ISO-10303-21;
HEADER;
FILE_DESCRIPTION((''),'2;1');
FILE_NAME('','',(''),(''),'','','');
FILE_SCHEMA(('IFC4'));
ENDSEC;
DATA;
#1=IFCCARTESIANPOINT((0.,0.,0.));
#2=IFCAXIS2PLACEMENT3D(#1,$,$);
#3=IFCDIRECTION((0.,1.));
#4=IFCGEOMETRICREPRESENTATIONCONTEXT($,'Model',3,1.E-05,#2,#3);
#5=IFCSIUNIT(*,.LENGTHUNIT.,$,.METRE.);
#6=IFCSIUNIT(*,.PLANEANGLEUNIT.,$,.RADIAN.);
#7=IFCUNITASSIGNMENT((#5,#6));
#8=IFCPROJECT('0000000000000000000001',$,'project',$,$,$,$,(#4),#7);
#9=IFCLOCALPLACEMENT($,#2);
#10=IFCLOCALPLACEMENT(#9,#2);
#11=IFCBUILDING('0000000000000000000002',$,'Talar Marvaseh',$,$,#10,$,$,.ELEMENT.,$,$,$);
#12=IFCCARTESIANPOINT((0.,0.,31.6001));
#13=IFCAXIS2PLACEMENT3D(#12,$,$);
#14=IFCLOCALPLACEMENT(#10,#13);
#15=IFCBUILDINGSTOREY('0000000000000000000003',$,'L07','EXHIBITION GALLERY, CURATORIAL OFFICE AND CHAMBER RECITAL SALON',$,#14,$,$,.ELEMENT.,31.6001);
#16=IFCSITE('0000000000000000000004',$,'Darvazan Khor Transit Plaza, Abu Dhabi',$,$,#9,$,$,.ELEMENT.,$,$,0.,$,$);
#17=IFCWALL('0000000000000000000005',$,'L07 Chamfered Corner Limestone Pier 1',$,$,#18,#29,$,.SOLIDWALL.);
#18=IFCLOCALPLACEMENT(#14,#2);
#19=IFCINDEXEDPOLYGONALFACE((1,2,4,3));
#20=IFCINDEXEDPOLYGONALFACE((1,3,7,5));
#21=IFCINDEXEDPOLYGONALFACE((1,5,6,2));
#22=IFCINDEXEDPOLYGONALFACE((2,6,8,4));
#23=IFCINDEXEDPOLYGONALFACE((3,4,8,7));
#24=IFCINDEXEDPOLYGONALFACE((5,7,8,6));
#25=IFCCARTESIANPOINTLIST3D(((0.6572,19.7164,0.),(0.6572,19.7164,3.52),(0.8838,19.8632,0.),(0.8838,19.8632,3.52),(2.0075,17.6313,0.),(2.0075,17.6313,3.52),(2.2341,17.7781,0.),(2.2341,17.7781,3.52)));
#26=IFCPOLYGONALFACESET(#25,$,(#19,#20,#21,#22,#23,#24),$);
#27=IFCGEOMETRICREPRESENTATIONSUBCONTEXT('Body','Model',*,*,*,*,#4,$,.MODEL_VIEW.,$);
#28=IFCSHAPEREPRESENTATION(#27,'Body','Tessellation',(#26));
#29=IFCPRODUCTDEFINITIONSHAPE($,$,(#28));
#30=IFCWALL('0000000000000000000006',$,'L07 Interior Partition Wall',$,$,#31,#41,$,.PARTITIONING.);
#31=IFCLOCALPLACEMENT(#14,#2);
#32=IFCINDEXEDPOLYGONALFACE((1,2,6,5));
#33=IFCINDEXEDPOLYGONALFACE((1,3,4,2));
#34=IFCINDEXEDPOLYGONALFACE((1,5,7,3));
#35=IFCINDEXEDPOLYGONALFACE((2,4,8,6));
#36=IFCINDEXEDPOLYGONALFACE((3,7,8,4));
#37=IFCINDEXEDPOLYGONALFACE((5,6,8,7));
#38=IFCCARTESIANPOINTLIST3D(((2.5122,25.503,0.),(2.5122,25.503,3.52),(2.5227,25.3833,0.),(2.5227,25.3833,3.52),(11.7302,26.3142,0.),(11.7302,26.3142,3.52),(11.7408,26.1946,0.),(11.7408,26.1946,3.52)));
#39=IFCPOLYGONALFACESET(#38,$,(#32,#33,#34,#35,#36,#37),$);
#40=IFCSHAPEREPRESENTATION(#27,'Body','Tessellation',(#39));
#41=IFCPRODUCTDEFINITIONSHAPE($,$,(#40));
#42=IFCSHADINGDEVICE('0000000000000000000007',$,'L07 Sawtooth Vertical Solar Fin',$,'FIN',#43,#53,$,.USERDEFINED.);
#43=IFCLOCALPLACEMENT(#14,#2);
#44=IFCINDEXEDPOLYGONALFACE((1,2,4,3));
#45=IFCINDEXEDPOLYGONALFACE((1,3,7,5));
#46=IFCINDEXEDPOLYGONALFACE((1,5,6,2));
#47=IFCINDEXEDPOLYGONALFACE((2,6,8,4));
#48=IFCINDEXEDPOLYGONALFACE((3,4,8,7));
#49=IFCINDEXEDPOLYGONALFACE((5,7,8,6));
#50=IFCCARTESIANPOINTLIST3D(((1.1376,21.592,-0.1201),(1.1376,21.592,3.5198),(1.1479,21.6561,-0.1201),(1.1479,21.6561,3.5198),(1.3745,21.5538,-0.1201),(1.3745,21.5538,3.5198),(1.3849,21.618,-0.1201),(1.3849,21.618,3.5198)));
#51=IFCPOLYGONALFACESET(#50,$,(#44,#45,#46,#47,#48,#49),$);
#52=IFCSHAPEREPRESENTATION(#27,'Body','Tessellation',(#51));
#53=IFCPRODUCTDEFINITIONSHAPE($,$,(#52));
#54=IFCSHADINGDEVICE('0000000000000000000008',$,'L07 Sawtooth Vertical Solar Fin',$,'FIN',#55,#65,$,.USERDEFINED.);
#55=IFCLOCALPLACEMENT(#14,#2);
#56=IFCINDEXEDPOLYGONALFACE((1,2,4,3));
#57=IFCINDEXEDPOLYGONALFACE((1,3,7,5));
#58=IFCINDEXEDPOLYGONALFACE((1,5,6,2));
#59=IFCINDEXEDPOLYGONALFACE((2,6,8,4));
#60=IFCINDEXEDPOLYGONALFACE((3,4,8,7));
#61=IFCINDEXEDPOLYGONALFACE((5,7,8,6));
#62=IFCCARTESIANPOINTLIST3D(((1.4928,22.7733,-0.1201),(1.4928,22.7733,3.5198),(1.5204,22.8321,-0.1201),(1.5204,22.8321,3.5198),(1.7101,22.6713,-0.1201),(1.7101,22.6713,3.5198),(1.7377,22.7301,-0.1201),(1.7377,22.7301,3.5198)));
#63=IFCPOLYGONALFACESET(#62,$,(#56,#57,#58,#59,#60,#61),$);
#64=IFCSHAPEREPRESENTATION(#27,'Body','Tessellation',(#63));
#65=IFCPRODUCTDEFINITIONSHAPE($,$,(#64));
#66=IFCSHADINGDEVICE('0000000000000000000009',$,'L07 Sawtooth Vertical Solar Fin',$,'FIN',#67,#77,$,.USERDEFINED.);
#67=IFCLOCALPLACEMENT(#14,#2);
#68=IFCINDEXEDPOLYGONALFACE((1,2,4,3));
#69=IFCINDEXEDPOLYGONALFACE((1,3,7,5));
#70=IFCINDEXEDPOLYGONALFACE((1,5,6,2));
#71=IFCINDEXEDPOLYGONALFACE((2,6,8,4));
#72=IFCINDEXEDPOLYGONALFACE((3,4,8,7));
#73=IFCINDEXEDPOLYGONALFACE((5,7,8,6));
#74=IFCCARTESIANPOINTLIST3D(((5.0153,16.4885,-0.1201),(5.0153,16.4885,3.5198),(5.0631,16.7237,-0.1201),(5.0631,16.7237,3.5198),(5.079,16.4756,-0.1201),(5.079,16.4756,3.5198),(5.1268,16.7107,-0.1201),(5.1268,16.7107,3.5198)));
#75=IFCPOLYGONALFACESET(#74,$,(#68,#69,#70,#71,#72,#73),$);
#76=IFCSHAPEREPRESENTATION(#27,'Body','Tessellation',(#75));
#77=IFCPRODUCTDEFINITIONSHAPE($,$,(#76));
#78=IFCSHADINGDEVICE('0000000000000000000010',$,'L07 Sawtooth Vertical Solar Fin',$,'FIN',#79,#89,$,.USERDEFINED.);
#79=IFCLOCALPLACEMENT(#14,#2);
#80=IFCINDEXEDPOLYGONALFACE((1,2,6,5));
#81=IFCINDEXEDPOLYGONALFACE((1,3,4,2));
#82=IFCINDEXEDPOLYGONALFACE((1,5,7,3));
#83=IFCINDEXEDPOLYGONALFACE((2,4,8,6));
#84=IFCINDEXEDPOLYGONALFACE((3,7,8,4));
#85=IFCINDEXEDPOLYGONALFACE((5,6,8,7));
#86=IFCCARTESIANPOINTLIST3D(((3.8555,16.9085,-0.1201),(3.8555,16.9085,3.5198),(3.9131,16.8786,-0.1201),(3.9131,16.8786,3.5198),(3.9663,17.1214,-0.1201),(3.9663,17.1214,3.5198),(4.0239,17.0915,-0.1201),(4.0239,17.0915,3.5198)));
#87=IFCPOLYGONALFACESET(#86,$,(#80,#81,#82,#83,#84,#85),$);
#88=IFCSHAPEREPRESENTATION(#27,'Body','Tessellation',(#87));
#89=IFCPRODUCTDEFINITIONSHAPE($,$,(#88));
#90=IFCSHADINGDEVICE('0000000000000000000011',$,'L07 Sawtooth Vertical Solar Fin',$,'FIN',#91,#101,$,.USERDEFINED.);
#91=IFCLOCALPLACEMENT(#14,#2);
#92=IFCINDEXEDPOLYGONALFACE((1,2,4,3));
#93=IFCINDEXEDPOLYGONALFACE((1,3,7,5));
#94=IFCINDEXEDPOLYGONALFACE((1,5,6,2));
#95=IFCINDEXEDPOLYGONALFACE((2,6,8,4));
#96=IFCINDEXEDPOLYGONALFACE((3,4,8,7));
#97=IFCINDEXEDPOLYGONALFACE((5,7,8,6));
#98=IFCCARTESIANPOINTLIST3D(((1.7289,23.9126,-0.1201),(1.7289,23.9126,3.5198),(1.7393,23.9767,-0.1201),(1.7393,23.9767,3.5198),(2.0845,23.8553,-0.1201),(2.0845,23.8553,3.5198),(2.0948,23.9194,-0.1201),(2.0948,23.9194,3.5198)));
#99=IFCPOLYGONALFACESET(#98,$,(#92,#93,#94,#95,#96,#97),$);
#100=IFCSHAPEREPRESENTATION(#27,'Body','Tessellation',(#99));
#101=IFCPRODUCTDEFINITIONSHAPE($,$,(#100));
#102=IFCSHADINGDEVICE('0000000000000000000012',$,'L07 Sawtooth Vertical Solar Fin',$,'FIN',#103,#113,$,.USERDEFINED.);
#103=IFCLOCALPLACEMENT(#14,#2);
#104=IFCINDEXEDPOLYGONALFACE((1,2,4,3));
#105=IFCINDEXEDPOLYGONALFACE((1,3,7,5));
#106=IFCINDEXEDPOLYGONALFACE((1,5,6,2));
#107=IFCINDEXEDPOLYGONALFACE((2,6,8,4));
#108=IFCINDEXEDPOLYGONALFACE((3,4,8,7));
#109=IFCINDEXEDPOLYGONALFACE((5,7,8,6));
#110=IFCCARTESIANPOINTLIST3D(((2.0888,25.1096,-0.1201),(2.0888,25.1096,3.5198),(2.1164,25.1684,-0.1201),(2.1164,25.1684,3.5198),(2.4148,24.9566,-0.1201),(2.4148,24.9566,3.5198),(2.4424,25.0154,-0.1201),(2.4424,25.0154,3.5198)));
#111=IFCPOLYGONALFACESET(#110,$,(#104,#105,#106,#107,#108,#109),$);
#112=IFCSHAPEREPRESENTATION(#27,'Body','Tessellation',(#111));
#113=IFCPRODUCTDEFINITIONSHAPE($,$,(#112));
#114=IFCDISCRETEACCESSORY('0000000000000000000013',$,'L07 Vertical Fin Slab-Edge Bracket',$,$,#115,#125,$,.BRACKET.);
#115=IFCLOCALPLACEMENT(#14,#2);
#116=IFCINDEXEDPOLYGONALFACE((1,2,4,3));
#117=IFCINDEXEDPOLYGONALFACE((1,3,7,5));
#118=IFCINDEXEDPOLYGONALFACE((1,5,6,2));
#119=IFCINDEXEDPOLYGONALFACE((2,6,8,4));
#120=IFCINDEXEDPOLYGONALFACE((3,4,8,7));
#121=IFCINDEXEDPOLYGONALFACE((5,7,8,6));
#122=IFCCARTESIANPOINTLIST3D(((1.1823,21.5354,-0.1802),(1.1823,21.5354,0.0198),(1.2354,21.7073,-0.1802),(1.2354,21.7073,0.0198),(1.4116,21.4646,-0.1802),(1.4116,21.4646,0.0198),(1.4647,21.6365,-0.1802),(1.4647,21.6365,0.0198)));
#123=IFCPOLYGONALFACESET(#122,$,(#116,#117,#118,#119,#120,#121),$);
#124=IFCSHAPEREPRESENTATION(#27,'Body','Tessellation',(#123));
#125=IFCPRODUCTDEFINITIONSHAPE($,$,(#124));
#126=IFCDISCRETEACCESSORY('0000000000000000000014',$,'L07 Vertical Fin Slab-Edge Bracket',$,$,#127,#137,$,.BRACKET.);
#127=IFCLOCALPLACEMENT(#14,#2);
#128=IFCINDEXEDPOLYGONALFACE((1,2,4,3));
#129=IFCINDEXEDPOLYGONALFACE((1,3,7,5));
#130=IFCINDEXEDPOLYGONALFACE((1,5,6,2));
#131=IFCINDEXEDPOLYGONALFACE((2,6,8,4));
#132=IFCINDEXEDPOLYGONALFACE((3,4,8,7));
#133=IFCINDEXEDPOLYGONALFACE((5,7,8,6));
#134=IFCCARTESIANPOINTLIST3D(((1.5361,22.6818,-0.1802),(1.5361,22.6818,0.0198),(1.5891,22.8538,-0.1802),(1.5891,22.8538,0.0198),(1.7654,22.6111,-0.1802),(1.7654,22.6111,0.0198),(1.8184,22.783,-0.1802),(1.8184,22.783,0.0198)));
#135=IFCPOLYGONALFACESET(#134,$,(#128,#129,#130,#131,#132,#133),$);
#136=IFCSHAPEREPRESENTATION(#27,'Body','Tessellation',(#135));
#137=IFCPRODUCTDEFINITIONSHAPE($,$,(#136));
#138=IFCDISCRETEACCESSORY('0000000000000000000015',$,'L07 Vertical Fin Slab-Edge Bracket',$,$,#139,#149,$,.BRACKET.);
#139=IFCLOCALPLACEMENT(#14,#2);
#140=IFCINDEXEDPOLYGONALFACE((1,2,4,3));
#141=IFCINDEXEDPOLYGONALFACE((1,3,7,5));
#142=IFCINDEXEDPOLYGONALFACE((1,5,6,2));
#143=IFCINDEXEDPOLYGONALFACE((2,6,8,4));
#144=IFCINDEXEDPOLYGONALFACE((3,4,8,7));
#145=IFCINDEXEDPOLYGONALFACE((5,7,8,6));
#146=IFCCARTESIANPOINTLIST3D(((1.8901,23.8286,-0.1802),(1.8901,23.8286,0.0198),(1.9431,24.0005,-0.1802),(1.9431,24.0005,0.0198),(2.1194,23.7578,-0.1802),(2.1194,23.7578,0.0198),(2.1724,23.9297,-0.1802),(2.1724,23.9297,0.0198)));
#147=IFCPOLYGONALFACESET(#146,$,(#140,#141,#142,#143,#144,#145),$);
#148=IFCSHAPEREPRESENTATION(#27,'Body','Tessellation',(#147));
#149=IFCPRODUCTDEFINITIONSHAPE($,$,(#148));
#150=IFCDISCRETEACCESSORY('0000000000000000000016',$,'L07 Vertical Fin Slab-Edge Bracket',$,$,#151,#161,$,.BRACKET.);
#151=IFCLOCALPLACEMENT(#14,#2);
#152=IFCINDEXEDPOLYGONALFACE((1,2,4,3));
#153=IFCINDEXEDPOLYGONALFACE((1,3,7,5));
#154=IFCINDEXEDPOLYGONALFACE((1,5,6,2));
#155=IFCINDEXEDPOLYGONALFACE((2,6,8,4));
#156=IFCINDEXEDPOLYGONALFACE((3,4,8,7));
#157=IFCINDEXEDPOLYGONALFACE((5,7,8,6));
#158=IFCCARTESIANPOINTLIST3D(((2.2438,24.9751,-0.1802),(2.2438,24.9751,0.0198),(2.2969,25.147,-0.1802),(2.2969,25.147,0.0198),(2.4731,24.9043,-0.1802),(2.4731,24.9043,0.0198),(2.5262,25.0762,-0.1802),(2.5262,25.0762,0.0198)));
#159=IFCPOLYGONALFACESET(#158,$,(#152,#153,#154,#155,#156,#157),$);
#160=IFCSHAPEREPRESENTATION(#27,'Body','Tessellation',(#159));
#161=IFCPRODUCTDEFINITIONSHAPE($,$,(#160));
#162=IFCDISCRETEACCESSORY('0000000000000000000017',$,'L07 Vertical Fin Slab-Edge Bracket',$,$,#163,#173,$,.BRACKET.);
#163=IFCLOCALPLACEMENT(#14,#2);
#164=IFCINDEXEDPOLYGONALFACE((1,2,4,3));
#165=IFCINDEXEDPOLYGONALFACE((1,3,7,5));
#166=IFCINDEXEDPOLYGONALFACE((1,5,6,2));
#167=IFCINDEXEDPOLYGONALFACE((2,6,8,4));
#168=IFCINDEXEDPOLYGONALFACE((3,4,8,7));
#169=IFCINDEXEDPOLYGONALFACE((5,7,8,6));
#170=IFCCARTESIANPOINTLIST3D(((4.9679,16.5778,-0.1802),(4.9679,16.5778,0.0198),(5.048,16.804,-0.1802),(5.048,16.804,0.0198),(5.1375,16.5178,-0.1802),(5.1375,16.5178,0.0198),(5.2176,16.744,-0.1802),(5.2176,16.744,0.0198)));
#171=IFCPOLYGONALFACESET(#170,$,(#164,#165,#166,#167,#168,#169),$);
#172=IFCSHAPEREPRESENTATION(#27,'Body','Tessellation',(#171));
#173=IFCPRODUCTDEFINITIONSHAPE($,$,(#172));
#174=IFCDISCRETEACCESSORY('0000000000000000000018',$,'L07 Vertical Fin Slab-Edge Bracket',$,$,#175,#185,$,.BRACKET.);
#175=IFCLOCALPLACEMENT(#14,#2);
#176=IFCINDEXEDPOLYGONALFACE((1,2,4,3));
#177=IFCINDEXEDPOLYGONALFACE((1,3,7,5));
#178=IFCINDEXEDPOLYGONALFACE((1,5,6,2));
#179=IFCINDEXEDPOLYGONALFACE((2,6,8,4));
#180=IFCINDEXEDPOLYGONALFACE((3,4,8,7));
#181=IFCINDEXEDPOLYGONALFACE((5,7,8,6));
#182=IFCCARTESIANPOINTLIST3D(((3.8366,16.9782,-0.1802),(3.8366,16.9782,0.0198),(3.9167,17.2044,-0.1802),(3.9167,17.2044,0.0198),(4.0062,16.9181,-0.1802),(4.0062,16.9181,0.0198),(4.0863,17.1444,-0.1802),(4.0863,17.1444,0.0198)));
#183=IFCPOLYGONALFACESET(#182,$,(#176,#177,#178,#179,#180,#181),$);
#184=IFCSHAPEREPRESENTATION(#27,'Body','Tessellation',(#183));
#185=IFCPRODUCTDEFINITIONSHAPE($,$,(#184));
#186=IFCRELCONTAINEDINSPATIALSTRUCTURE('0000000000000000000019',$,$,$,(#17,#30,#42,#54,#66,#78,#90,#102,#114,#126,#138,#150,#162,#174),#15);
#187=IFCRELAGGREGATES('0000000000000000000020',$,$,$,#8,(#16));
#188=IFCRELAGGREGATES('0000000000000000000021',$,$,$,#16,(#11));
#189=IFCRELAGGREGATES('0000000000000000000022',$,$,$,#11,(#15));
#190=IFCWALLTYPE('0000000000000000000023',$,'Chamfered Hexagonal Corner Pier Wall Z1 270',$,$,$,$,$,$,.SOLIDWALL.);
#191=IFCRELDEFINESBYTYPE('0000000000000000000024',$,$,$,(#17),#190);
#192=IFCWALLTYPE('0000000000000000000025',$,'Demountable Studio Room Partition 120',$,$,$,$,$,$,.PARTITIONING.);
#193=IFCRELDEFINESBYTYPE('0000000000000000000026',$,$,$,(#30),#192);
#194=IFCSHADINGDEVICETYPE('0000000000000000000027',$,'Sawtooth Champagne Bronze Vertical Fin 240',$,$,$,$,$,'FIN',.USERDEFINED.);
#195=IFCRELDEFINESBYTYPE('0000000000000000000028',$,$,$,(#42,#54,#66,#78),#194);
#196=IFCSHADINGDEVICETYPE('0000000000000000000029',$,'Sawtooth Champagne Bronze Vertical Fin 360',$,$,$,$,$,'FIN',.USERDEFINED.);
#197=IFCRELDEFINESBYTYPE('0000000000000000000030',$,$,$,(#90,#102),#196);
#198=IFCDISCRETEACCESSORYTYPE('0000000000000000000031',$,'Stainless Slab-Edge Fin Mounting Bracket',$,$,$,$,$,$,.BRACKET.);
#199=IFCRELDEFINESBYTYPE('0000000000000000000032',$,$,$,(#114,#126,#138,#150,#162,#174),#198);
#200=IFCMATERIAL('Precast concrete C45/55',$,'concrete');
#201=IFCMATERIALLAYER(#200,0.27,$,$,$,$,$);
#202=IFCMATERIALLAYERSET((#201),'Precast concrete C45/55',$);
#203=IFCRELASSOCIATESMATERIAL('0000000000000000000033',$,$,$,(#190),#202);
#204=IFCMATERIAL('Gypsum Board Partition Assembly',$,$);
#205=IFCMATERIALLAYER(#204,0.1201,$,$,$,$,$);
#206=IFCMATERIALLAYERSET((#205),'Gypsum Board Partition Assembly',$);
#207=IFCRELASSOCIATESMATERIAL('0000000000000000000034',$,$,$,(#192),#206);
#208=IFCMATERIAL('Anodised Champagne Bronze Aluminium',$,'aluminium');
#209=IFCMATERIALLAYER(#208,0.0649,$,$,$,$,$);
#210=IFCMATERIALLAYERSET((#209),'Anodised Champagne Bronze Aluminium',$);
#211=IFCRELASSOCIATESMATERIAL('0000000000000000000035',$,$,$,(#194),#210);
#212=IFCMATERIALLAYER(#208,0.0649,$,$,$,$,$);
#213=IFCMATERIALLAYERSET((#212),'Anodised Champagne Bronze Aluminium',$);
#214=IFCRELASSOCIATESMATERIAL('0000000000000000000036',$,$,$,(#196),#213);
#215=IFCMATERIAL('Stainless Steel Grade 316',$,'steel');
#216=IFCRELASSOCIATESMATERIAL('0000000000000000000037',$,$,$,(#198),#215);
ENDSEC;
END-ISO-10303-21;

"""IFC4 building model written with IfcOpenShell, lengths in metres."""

from ifc_helpers import new_model, si_unit, direction, frame, frame_2d, origin, origin_2d, place, context, subcontext, project, spatial, rectangle, extrude, source, transform, mapped, material, layer, layer_set, type_object, type_shapes, element, save


model = new_model("IFC4")

# Units and contexts
model_context = context("Model", 3, precision=1e-05, world=origin(), true_north=direction((0.0, 1.0)))
body_context = subcontext(model_context, "Body", "Model", "MODEL_VIEW")
ifc_project = project(units=[si_unit("LENGTHUNIT", "METRE"), si_unit("PLANEANGLEUNIT", "RADIAN")], contexts=[model_context])

# Site, building, storey
site_placement = place(None, origin())
site = spatial("IfcSite", under=ifc_project, at=site_placement, Name="Darvazan Khor Transit Plaza, Abu Dhabi", CompositionType="ELEMENT", RefElevation=0.0)
building_placement = place(site_placement, origin())
building = spatial("IfcBuilding", under=site, at=building_placement, Name="Talar Marvaseh", CompositionType="ELEMENT")
storey_placement = place(building_placement, frame((0.0, 0.0, 31.6001)))
storey = spatial("IfcBuildingStorey", under=building, at=storey_placement, Name="L07", Description="EXHIBITION GALLERY, CURATORIAL OFFICE AND CHAMBER RECITAL SALON", CompositionType="ELEMENT", Elevation=31.6001)

# Walls
ifc_material_1 = material(Name="Precast concrete C45/55", Category="concrete")
ifc_layer_1 = layer(ifc_material_1, 0.27)
ifc_layer_set_1 = layer_set([ifc_layer_1], Name="Precast concrete C45/55")
wall_type_1 = type_object("IfcWallType", Name="Chamfered Hexagonal Corner Pier Wall Z1 270", PredefinedType="SOLIDWALL", material=ifc_layer_set_1)
wall_1_placement = place(storey_placement, frame((2.1208, 17.7046, 0.0), z_axis=(0.0, 0.0, 1.0), x_axis=(-0.543561, 0.83937, 0.0)))
element("IfcWall", 1, at=wall_1_placement, inside=storey, type_object=wall_type_1, Name="L07 Chamfered Corner Limestone Pier 1", PredefinedType="SOLIDWALL", context=body_context, shape_type="SweptSolid", body=[
    extrude(rectangle(XDim=2.4841, YDim=0.27, at=frame_2d((1.2422, 0.0))), origin(), (0.0, 0.0, 1.0), 3.52),
])
ifc_material_2 = material(Name="Gypsum Board Partition Assembly")
ifc_layer_2 = layer(ifc_material_2, 0.1201)
ifc_layer_set_2 = layer_set([ifc_layer_2], Name="Gypsum Board Partition Assembly")
wall_type_2 = type_object("IfcWallType", Name="Demountable Studio Room Partition 120", PredefinedType="PARTITIONING", material=ifc_layer_set_2)
wall_2_placement = place(storey_placement, frame((2.5173, 25.4431, 0.0), z_axis=(0.0, 0.0, 1.0), x_axis=(0.996149, 0.087671, 0.0)))
element("IfcWall", 2, at=wall_2_placement, inside=storey, type_object=wall_type_2, Name="L07 Interior Partition Wall", PredefinedType="PARTITIONING", context=body_context, shape_type="SweptSolid", body=[
    extrude(rectangle(XDim=9.2537, YDim=0.1201, at=frame_2d((4.627, 0.0))), origin(), (0.0, 0.0, 1.0), 3.52),
])

# Shading devices
ifc_material_3 = material(Name="Anodised Champagne Bronze Aluminium", Category="aluminium")
ifc_layer_3 = layer(ifc_material_3, 0.0649)
ifc_layer_set_3 = layer_set([ifc_layer_3], Name="Anodised Champagne Bronze Aluminium")
shading_device_type_1 = type_object("IfcShadingDeviceType", Name="Sawtooth Champagne Bronze Vertical Fin 240", ElementType="FIN", PredefinedType="USERDEFINED", material=ifc_layer_set_3)
shared_shape_1 = source(origin(), body_context, "Body", "SweptSolid", [
    extrude(rectangle(XDim=0.24, YDim=0.0649, at=origin_2d()), origin(), (0.0, 0.0, 1.0), 3.6399),
])
type_shapes(shading_device_type_1, [shared_shape_1])
for number, where, z_axis, x_axis, name in (
    (3, (1.2612, 21.605, -0.1201), (0.0, 0.0, 1.0), (-0.987275, 0.15902, 0.0), "L07 Sawtooth Vertical Solar Fin"),
    (4, (1.6152, 22.7517, -0.1201), (0.0, 0.0, 1.0), (-0.905198, 0.42499, 0.0), "L07 Sawtooth Vertical Solar Fin"),
    (5, (5.071, 16.5996, -0.1201), (0.0, 0.0, 1.0), (-0.199197, -0.979959, 0.0), "L07 Sawtooth Vertical Solar Fin"),
    (6, (3.9397, 17.0, -0.1201), (0.0, 0.0, 1.0), (-0.461594, -0.887091, 0.0), "L07 Sawtooth Vertical Solar Fin"),
):
    element("IfcShadingDevice", number, at=place(storey_placement, frame(where, z_axis=z_axis, x_axis=x_axis)), inside=storey, type_object=shading_device_type_1, Name=name, ObjectType="FIN", PredefinedType="USERDEFINED", context=body_context, shape_type="MappedRepresentation", body=[
        mapped(shared_shape_1, transform((0.0, 0.0, 0.0), x_axis=(1.0, 0.0, 0.0), y_axis=(0.0, 1.0, 0.0), z_axis=(0.0, 0.0, 1.0), scale=1.0)),
    ])
ifc_layer_4 = layer(ifc_material_3, 0.0649)
ifc_layer_set_4 = layer_set([ifc_layer_4], Name="Anodised Champagne Bronze Aluminium")
shading_device_type_2 = type_object("IfcShadingDeviceType", Name="Sawtooth Champagne Bronze Vertical Fin 360", ElementType="FIN", PredefinedType="USERDEFINED", material=ifc_layer_set_4)
shared_shape_2 = source(origin(), body_context, "Body", "SweptSolid", [
    extrude(rectangle(XDim=0.3601, YDim=0.0649, at=origin_2d()), origin(), (0.0, 0.0, 1.0), 3.6399),
])
type_shapes(shading_device_type_2, [shared_shape_2])
for number, where, z_axis, x_axis, name in (
    (7, (1.9119, 23.916, -0.1201), (0.0, 0.0, 1.0), (-0.987275, 0.15902, 0.0), "L07 Sawtooth Vertical Solar Fin"),
    (8, (2.2656, 25.0625, -0.1201), (0.0, 0.0, 1.0), (-0.905198, 0.42499, 0.0), "L07 Sawtooth Vertical Solar Fin"),
):
    element("IfcShadingDevice", number, at=place(storey_placement, frame(where, z_axis=z_axis, x_axis=x_axis)), inside=storey, type_object=shading_device_type_2, Name=name, ObjectType="FIN", PredefinedType="USERDEFINED", context=body_context, shape_type="MappedRepresentation", body=[
        mapped(shared_shape_2, transform((0.0, 0.0, 0.0), x_axis=(1.0, 0.0, 0.0), y_axis=(0.0, 1.0, 0.0), z_axis=(0.0, 0.0, 1.0), scale=1.0)),
    ])

# Discrete accessories
ifc_material_4 = material(Name="Stainless Steel Grade 316", Category="steel")
discrete_accessory_type = type_object("IfcDiscreteAccessoryType", Name="Stainless Slab-Edge Fin Mounting Bracket", PredefinedType="BRACKET", material=ifc_material_4)
shared_shape_3 = source(origin(), body_context, "Body", "SweptSolid", [
    extrude(rectangle(XDim=0.24, YDim=0.1799, at=origin_2d()), origin(), (0.0, 0.0, 1.0), 0.2),
])
type_shapes(discrete_accessory_type, [shared_shape_3])
for number, where, z_axis, x_axis, name in (
    (9, (1.3235, 21.5859, -0.1802), (0.0, 0.0, 1.0), (-0.955536, 0.294874, 0.0), "L07 Vertical Fin Slab-Edge Bracket"),
    (10, (1.6772, 22.7324, -0.1802), (0.0, 0.0, 1.0), (-0.955536, 0.294874, 0.0), "L07 Vertical Fin Slab-Edge Bracket"),
    (11, (2.0312, 23.8792, -0.1802), (0.0, 0.0, 1.0), (-0.955536, 0.294874, 0.0), "L07 Vertical Fin Slab-Edge Bracket"),
    (12, (2.385, 25.0256, -0.1802), (0.0, 0.0, 1.0), (-0.955536, 0.294874, 0.0), "L07 Vertical Fin Slab-Edge Bracket"),
    (13, (5.0928, 16.6609, -0.1802), (0.0, 0.0, 1.0), (-0.333642, -0.9427, 0.0), "L07 Vertical Fin Slab-Edge Bracket"),
    (14, (3.9614, 17.0613, -0.1802), (0.0, 0.0, 1.0), (-0.333642, -0.9427, 0.0), "L07 Vertical Fin Slab-Edge Bracket"),
):
    element("IfcDiscreteAccessory", number, at=place(storey_placement, frame(where, z_axis=z_axis, x_axis=x_axis)), inside=storey, type_object=discrete_accessory_type, Name=name, PredefinedType="BRACKET", context=body_context, shape_type="MappedRepresentation", body=[
        mapped(shared_shape_3, transform((0.0, 0.0, 0.0), x_axis=(1.0, 0.0, 0.0), y_axis=(0.0, 1.0, 0.0), z_axis=(0.0, 0.0, 1.0), scale=1.0)),
    ])

save(model, "model.ifc")
